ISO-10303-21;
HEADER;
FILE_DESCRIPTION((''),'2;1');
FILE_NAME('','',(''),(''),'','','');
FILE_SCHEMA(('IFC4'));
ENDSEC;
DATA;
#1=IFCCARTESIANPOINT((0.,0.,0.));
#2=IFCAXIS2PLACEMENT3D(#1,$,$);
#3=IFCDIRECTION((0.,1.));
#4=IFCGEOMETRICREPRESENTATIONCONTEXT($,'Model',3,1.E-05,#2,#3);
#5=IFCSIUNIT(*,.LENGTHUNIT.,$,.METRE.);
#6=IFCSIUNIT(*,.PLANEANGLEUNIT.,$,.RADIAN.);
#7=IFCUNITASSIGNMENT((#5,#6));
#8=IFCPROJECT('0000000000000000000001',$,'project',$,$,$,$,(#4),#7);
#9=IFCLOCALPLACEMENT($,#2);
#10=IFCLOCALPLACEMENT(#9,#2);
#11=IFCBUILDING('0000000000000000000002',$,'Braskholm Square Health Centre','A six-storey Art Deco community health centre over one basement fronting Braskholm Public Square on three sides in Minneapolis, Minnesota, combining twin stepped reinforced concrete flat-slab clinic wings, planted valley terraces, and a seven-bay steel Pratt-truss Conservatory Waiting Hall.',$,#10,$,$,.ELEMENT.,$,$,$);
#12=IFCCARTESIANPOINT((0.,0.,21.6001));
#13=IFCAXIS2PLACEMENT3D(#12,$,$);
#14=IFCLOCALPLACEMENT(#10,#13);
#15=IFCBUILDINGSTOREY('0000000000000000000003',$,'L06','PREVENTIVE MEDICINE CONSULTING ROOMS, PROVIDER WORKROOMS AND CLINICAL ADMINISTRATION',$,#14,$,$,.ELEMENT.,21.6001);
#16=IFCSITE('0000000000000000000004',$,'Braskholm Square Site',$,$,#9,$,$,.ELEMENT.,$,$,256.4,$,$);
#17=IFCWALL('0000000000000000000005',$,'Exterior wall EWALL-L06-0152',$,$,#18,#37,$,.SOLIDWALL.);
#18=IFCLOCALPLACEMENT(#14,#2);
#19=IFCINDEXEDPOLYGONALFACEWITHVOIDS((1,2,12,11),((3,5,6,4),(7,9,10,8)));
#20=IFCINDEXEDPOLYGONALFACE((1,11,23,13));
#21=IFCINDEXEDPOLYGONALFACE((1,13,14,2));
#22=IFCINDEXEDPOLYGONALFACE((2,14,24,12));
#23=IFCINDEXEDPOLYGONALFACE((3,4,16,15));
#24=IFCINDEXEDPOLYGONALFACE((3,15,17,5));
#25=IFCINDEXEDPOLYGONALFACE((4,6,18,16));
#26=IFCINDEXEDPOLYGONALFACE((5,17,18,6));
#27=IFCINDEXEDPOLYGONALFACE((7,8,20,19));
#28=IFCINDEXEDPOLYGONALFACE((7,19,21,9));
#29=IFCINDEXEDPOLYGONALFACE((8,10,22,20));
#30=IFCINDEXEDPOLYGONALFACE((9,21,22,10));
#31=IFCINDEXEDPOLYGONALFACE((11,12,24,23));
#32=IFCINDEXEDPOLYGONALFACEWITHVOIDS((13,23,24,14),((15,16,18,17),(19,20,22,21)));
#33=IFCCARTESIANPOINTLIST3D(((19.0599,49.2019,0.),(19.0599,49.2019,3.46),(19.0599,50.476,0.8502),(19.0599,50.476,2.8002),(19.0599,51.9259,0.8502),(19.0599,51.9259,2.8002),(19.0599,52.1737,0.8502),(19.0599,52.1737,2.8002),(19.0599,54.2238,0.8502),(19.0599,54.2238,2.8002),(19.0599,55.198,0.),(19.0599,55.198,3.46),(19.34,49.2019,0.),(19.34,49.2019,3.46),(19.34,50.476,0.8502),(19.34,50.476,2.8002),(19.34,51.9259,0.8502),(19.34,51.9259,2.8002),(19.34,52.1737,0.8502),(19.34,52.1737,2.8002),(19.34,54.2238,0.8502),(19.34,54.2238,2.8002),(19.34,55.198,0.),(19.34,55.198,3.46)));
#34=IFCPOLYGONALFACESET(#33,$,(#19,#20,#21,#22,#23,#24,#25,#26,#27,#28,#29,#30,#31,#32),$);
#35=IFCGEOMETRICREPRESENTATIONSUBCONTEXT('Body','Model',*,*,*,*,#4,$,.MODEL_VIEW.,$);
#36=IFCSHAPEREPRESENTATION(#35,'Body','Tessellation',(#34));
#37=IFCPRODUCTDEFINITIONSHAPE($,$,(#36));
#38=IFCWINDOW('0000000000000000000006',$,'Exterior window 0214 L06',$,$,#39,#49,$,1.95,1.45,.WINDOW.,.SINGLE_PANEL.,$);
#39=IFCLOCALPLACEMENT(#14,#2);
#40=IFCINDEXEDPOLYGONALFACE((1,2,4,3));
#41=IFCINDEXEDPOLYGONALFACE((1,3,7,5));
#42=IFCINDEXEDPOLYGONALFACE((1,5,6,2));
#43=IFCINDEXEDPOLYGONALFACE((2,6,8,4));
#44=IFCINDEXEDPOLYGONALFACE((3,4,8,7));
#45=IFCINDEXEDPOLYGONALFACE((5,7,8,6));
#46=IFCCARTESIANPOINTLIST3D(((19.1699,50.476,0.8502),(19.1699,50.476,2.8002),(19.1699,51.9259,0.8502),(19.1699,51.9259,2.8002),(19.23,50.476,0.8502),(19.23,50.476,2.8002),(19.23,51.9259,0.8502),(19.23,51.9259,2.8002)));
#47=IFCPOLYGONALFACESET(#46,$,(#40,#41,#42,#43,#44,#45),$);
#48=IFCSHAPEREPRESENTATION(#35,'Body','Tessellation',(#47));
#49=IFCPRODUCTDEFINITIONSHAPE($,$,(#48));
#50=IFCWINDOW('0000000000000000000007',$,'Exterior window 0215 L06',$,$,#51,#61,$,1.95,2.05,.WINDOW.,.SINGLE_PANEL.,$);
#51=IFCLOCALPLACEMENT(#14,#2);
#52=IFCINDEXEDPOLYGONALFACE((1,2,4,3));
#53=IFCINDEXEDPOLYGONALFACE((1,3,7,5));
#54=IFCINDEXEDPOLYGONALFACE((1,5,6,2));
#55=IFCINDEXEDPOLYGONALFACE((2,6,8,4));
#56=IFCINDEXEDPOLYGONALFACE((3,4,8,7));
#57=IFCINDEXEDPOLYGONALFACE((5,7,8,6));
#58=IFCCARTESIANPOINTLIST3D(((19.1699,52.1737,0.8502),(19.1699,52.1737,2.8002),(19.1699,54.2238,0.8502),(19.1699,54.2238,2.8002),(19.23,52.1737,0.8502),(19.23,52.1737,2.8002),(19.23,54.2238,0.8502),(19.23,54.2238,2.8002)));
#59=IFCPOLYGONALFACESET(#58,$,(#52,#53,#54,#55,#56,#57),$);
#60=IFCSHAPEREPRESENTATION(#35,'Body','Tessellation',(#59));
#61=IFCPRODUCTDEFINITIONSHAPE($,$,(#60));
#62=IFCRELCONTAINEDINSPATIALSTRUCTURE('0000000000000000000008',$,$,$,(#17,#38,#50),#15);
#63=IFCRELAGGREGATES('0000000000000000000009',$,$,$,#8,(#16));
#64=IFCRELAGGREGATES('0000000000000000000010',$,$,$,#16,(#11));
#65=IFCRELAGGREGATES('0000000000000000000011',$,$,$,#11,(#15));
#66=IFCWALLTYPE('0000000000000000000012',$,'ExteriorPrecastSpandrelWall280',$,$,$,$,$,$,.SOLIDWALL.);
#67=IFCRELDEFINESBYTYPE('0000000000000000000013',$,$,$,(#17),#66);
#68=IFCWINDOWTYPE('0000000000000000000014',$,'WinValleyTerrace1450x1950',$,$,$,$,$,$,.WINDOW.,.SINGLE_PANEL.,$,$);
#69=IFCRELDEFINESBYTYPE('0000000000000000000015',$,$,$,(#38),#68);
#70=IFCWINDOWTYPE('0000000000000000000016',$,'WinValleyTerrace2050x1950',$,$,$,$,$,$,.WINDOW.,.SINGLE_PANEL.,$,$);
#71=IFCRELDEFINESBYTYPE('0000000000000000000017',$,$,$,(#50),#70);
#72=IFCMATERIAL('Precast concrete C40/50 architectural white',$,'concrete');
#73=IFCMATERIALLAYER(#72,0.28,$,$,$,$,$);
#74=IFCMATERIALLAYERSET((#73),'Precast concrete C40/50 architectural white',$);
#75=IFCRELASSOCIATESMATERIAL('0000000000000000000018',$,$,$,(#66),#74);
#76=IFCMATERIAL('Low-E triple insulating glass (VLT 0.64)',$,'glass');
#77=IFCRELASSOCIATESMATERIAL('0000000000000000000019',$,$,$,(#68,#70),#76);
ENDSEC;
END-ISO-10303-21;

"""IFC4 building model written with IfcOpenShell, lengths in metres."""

from ifc_helpers import new_model, si_unit, direction, frame, frame_2d, origin, origin_with_axes, place, context, subcontext, project, spatial, rectangle, extrude, material, layer, layer_set, type_object, element, fill, save


model = new_model("IFC4")

# Units and contexts
model_context = context("Model", 3, precision=1e-05, world=origin(), true_north=direction((0.0, 1.0)))
body_context = subcontext(model_context, "Body", "Model", "MODEL_VIEW")
ifc_project = project(units=[si_unit("LENGTHUNIT", "METRE"), si_unit("PLANEANGLEUNIT", "RADIAN")], contexts=[model_context])

# Site, building, storey
site_placement = place(None, origin())
site = spatial("IfcSite", under=ifc_project, at=site_placement, Name="Braskholm Square Site", CompositionType="ELEMENT", RefElevation=256.4)
building_placement = place(site_placement, origin())
building = spatial("IfcBuilding", under=site, at=building_placement, Name="Braskholm Square Health Centre", Description="A six-storey Art Deco community health centre over one basement fronting Braskholm Public Square on three sides in Minneapolis, Minnesota, combining twin stepped reinforced concrete flat-slab clinic wings, planted valley terraces, and a seven-bay steel Pratt-truss Conservatory Waiting Hall.", CompositionType="ELEMENT")
storey_placement = place(building_placement, frame((0.0, 0.0, 21.6001)))
storey = spatial("IfcBuildingStorey", under=building, at=storey_placement, Name="L06", Description="PREVENTIVE MEDICINE CONSULTING ROOMS, PROVIDER WORKROOMS AND CLINICAL ADMINISTRATION", CompositionType="ELEMENT", Elevation=21.6001)

# Shared definitions
ifc_material_1 = material(Name="Low-E triple insulating glass (VLT 0.64)", Category="glass")

# Wall, openings, windows
ifc_material_2 = material(Name="Precast concrete C40/50 architectural white", Category="concrete")
ifc_layer = layer(ifc_material_2, 0.28)
ifc_layer_set = layer_set([ifc_layer], Name="Precast concrete C40/50 architectural white")
wall_type = type_object("IfcWallType", Name="ExteriorPrecastSpandrelWall280", PredefinedType="SOLIDWALL", material=ifc_layer_set)
window_type_1 = type_object("IfcWindowType", Name="WinValleyTerrace1450x1950", PartitioningType="SINGLE_PANEL", PredefinedType="WINDOW", material=ifc_material_1)
window_type_2 = type_object("IfcWindowType", Name="WinValleyTerrace2050x1950", PartitioningType="SINGLE_PANEL", PredefinedType="WINDOW", material=ifc_material_1)
wall_1_placement = place(storey_placement, frame((19.2, 49.2019, 0.0), z_axis=(0.0, 0.0, 1.0), x_axis=(0.0, 1.0, 0.0)))
wall_1 = element("IfcWall", 1, at=wall_1_placement, inside=storey, type_object=wall_type, Name="Exterior wall EWALL-L06-0152", PredefinedType="SOLIDWALL", context=body_context, shape_type="SweptSolid", body=[
    extrude(rectangle(XDim=5.9961, YDim=0.28, at=frame_2d((2.998, 0.0))), origin(), (0.0, 0.0, 1.0), 3.46),
])
opening_1_placement = place(wall_1_placement, frame((1.2739, 0.0, 0.8501)))
opening_1 = element("IfcOpeningElement", 2, at=opening_1_placement, cuts=wall_1, PredefinedType="OPENING", context=body_context, shape_type="SweptSolid", body=[
    extrude(rectangle(XDim=1.45, YDim=1.95, at=frame_2d((0.7251, 0.9751))), frame((0.0, 0.1499, 0.0), z_axis=(0.0, -1.0, 0.0), x_axis=(1.0, 0.0, 0.0)), (0.0, 0.0, 1.0), 0.3),
])
opening_2_placement = place(wall_1_placement, frame((2.9719, 0.0, 0.8501)))
opening_2 = element("IfcOpeningElement", 3, at=opening_2_placement, cuts=wall_1, PredefinedType="OPENING", context=body_context, shape_type="SweptSolid", body=[
    extrude(rectangle(XDim=2.05, YDim=1.95, at=frame_2d((1.0249, 0.9751))), frame((0.0, 0.1499, 0.0), z_axis=(0.0, -1.0, 0.0), x_axis=(1.0, 0.0, 0.0)), (0.0, 0.0, 1.0), 0.3),
])
window_1_placement = place(opening_1_placement, origin_with_axes())
window_1 = element("IfcWindow", 4, at=window_1_placement, inside=storey, type_object=window_type_1, Name="Exterior window 0214 L06", OverallHeight=1.95, OverallWidth=1.45, PartitioningType="SINGLE_PANEL", PredefinedType="WINDOW", context=body_context, shape_type="SweptSolid", body=[
    extrude(rectangle(XDim=1.45, YDim=1.95, at=frame_2d((0.7251, 0.9751))), frame((0.0, 0.03, 0.0), z_axis=(0.0, -1.0, 0.0), x_axis=(1.0, 0.0, 0.0)), (0.0, 0.0, 1.0), 0.0601),
])
fill(opening_1, window_1)
window_2_placement = place(opening_2_placement, origin_with_axes())
window_2 = element("IfcWindow", 5, at=window_2_placement, inside=storey, type_object=window_type_2, Name="Exterior window 0215 L06", OverallHeight=1.95, OverallWidth=2.05, PartitioningType="SINGLE_PANEL", PredefinedType="WINDOW", context=body_context, shape_type="SweptSolid", body=[
    extrude(rectangle(XDim=2.05, YDim=1.95, at=frame_2d((1.0249, 0.9751))), frame((0.0, 0.03, 0.0), z_axis=(0.0, -1.0, 0.0), x_axis=(1.0, 0.0, 0.0)), (0.0, 0.0, 1.0), 0.0601),
])
fill(opening_2, window_2)

save(model, "model.ifc")
